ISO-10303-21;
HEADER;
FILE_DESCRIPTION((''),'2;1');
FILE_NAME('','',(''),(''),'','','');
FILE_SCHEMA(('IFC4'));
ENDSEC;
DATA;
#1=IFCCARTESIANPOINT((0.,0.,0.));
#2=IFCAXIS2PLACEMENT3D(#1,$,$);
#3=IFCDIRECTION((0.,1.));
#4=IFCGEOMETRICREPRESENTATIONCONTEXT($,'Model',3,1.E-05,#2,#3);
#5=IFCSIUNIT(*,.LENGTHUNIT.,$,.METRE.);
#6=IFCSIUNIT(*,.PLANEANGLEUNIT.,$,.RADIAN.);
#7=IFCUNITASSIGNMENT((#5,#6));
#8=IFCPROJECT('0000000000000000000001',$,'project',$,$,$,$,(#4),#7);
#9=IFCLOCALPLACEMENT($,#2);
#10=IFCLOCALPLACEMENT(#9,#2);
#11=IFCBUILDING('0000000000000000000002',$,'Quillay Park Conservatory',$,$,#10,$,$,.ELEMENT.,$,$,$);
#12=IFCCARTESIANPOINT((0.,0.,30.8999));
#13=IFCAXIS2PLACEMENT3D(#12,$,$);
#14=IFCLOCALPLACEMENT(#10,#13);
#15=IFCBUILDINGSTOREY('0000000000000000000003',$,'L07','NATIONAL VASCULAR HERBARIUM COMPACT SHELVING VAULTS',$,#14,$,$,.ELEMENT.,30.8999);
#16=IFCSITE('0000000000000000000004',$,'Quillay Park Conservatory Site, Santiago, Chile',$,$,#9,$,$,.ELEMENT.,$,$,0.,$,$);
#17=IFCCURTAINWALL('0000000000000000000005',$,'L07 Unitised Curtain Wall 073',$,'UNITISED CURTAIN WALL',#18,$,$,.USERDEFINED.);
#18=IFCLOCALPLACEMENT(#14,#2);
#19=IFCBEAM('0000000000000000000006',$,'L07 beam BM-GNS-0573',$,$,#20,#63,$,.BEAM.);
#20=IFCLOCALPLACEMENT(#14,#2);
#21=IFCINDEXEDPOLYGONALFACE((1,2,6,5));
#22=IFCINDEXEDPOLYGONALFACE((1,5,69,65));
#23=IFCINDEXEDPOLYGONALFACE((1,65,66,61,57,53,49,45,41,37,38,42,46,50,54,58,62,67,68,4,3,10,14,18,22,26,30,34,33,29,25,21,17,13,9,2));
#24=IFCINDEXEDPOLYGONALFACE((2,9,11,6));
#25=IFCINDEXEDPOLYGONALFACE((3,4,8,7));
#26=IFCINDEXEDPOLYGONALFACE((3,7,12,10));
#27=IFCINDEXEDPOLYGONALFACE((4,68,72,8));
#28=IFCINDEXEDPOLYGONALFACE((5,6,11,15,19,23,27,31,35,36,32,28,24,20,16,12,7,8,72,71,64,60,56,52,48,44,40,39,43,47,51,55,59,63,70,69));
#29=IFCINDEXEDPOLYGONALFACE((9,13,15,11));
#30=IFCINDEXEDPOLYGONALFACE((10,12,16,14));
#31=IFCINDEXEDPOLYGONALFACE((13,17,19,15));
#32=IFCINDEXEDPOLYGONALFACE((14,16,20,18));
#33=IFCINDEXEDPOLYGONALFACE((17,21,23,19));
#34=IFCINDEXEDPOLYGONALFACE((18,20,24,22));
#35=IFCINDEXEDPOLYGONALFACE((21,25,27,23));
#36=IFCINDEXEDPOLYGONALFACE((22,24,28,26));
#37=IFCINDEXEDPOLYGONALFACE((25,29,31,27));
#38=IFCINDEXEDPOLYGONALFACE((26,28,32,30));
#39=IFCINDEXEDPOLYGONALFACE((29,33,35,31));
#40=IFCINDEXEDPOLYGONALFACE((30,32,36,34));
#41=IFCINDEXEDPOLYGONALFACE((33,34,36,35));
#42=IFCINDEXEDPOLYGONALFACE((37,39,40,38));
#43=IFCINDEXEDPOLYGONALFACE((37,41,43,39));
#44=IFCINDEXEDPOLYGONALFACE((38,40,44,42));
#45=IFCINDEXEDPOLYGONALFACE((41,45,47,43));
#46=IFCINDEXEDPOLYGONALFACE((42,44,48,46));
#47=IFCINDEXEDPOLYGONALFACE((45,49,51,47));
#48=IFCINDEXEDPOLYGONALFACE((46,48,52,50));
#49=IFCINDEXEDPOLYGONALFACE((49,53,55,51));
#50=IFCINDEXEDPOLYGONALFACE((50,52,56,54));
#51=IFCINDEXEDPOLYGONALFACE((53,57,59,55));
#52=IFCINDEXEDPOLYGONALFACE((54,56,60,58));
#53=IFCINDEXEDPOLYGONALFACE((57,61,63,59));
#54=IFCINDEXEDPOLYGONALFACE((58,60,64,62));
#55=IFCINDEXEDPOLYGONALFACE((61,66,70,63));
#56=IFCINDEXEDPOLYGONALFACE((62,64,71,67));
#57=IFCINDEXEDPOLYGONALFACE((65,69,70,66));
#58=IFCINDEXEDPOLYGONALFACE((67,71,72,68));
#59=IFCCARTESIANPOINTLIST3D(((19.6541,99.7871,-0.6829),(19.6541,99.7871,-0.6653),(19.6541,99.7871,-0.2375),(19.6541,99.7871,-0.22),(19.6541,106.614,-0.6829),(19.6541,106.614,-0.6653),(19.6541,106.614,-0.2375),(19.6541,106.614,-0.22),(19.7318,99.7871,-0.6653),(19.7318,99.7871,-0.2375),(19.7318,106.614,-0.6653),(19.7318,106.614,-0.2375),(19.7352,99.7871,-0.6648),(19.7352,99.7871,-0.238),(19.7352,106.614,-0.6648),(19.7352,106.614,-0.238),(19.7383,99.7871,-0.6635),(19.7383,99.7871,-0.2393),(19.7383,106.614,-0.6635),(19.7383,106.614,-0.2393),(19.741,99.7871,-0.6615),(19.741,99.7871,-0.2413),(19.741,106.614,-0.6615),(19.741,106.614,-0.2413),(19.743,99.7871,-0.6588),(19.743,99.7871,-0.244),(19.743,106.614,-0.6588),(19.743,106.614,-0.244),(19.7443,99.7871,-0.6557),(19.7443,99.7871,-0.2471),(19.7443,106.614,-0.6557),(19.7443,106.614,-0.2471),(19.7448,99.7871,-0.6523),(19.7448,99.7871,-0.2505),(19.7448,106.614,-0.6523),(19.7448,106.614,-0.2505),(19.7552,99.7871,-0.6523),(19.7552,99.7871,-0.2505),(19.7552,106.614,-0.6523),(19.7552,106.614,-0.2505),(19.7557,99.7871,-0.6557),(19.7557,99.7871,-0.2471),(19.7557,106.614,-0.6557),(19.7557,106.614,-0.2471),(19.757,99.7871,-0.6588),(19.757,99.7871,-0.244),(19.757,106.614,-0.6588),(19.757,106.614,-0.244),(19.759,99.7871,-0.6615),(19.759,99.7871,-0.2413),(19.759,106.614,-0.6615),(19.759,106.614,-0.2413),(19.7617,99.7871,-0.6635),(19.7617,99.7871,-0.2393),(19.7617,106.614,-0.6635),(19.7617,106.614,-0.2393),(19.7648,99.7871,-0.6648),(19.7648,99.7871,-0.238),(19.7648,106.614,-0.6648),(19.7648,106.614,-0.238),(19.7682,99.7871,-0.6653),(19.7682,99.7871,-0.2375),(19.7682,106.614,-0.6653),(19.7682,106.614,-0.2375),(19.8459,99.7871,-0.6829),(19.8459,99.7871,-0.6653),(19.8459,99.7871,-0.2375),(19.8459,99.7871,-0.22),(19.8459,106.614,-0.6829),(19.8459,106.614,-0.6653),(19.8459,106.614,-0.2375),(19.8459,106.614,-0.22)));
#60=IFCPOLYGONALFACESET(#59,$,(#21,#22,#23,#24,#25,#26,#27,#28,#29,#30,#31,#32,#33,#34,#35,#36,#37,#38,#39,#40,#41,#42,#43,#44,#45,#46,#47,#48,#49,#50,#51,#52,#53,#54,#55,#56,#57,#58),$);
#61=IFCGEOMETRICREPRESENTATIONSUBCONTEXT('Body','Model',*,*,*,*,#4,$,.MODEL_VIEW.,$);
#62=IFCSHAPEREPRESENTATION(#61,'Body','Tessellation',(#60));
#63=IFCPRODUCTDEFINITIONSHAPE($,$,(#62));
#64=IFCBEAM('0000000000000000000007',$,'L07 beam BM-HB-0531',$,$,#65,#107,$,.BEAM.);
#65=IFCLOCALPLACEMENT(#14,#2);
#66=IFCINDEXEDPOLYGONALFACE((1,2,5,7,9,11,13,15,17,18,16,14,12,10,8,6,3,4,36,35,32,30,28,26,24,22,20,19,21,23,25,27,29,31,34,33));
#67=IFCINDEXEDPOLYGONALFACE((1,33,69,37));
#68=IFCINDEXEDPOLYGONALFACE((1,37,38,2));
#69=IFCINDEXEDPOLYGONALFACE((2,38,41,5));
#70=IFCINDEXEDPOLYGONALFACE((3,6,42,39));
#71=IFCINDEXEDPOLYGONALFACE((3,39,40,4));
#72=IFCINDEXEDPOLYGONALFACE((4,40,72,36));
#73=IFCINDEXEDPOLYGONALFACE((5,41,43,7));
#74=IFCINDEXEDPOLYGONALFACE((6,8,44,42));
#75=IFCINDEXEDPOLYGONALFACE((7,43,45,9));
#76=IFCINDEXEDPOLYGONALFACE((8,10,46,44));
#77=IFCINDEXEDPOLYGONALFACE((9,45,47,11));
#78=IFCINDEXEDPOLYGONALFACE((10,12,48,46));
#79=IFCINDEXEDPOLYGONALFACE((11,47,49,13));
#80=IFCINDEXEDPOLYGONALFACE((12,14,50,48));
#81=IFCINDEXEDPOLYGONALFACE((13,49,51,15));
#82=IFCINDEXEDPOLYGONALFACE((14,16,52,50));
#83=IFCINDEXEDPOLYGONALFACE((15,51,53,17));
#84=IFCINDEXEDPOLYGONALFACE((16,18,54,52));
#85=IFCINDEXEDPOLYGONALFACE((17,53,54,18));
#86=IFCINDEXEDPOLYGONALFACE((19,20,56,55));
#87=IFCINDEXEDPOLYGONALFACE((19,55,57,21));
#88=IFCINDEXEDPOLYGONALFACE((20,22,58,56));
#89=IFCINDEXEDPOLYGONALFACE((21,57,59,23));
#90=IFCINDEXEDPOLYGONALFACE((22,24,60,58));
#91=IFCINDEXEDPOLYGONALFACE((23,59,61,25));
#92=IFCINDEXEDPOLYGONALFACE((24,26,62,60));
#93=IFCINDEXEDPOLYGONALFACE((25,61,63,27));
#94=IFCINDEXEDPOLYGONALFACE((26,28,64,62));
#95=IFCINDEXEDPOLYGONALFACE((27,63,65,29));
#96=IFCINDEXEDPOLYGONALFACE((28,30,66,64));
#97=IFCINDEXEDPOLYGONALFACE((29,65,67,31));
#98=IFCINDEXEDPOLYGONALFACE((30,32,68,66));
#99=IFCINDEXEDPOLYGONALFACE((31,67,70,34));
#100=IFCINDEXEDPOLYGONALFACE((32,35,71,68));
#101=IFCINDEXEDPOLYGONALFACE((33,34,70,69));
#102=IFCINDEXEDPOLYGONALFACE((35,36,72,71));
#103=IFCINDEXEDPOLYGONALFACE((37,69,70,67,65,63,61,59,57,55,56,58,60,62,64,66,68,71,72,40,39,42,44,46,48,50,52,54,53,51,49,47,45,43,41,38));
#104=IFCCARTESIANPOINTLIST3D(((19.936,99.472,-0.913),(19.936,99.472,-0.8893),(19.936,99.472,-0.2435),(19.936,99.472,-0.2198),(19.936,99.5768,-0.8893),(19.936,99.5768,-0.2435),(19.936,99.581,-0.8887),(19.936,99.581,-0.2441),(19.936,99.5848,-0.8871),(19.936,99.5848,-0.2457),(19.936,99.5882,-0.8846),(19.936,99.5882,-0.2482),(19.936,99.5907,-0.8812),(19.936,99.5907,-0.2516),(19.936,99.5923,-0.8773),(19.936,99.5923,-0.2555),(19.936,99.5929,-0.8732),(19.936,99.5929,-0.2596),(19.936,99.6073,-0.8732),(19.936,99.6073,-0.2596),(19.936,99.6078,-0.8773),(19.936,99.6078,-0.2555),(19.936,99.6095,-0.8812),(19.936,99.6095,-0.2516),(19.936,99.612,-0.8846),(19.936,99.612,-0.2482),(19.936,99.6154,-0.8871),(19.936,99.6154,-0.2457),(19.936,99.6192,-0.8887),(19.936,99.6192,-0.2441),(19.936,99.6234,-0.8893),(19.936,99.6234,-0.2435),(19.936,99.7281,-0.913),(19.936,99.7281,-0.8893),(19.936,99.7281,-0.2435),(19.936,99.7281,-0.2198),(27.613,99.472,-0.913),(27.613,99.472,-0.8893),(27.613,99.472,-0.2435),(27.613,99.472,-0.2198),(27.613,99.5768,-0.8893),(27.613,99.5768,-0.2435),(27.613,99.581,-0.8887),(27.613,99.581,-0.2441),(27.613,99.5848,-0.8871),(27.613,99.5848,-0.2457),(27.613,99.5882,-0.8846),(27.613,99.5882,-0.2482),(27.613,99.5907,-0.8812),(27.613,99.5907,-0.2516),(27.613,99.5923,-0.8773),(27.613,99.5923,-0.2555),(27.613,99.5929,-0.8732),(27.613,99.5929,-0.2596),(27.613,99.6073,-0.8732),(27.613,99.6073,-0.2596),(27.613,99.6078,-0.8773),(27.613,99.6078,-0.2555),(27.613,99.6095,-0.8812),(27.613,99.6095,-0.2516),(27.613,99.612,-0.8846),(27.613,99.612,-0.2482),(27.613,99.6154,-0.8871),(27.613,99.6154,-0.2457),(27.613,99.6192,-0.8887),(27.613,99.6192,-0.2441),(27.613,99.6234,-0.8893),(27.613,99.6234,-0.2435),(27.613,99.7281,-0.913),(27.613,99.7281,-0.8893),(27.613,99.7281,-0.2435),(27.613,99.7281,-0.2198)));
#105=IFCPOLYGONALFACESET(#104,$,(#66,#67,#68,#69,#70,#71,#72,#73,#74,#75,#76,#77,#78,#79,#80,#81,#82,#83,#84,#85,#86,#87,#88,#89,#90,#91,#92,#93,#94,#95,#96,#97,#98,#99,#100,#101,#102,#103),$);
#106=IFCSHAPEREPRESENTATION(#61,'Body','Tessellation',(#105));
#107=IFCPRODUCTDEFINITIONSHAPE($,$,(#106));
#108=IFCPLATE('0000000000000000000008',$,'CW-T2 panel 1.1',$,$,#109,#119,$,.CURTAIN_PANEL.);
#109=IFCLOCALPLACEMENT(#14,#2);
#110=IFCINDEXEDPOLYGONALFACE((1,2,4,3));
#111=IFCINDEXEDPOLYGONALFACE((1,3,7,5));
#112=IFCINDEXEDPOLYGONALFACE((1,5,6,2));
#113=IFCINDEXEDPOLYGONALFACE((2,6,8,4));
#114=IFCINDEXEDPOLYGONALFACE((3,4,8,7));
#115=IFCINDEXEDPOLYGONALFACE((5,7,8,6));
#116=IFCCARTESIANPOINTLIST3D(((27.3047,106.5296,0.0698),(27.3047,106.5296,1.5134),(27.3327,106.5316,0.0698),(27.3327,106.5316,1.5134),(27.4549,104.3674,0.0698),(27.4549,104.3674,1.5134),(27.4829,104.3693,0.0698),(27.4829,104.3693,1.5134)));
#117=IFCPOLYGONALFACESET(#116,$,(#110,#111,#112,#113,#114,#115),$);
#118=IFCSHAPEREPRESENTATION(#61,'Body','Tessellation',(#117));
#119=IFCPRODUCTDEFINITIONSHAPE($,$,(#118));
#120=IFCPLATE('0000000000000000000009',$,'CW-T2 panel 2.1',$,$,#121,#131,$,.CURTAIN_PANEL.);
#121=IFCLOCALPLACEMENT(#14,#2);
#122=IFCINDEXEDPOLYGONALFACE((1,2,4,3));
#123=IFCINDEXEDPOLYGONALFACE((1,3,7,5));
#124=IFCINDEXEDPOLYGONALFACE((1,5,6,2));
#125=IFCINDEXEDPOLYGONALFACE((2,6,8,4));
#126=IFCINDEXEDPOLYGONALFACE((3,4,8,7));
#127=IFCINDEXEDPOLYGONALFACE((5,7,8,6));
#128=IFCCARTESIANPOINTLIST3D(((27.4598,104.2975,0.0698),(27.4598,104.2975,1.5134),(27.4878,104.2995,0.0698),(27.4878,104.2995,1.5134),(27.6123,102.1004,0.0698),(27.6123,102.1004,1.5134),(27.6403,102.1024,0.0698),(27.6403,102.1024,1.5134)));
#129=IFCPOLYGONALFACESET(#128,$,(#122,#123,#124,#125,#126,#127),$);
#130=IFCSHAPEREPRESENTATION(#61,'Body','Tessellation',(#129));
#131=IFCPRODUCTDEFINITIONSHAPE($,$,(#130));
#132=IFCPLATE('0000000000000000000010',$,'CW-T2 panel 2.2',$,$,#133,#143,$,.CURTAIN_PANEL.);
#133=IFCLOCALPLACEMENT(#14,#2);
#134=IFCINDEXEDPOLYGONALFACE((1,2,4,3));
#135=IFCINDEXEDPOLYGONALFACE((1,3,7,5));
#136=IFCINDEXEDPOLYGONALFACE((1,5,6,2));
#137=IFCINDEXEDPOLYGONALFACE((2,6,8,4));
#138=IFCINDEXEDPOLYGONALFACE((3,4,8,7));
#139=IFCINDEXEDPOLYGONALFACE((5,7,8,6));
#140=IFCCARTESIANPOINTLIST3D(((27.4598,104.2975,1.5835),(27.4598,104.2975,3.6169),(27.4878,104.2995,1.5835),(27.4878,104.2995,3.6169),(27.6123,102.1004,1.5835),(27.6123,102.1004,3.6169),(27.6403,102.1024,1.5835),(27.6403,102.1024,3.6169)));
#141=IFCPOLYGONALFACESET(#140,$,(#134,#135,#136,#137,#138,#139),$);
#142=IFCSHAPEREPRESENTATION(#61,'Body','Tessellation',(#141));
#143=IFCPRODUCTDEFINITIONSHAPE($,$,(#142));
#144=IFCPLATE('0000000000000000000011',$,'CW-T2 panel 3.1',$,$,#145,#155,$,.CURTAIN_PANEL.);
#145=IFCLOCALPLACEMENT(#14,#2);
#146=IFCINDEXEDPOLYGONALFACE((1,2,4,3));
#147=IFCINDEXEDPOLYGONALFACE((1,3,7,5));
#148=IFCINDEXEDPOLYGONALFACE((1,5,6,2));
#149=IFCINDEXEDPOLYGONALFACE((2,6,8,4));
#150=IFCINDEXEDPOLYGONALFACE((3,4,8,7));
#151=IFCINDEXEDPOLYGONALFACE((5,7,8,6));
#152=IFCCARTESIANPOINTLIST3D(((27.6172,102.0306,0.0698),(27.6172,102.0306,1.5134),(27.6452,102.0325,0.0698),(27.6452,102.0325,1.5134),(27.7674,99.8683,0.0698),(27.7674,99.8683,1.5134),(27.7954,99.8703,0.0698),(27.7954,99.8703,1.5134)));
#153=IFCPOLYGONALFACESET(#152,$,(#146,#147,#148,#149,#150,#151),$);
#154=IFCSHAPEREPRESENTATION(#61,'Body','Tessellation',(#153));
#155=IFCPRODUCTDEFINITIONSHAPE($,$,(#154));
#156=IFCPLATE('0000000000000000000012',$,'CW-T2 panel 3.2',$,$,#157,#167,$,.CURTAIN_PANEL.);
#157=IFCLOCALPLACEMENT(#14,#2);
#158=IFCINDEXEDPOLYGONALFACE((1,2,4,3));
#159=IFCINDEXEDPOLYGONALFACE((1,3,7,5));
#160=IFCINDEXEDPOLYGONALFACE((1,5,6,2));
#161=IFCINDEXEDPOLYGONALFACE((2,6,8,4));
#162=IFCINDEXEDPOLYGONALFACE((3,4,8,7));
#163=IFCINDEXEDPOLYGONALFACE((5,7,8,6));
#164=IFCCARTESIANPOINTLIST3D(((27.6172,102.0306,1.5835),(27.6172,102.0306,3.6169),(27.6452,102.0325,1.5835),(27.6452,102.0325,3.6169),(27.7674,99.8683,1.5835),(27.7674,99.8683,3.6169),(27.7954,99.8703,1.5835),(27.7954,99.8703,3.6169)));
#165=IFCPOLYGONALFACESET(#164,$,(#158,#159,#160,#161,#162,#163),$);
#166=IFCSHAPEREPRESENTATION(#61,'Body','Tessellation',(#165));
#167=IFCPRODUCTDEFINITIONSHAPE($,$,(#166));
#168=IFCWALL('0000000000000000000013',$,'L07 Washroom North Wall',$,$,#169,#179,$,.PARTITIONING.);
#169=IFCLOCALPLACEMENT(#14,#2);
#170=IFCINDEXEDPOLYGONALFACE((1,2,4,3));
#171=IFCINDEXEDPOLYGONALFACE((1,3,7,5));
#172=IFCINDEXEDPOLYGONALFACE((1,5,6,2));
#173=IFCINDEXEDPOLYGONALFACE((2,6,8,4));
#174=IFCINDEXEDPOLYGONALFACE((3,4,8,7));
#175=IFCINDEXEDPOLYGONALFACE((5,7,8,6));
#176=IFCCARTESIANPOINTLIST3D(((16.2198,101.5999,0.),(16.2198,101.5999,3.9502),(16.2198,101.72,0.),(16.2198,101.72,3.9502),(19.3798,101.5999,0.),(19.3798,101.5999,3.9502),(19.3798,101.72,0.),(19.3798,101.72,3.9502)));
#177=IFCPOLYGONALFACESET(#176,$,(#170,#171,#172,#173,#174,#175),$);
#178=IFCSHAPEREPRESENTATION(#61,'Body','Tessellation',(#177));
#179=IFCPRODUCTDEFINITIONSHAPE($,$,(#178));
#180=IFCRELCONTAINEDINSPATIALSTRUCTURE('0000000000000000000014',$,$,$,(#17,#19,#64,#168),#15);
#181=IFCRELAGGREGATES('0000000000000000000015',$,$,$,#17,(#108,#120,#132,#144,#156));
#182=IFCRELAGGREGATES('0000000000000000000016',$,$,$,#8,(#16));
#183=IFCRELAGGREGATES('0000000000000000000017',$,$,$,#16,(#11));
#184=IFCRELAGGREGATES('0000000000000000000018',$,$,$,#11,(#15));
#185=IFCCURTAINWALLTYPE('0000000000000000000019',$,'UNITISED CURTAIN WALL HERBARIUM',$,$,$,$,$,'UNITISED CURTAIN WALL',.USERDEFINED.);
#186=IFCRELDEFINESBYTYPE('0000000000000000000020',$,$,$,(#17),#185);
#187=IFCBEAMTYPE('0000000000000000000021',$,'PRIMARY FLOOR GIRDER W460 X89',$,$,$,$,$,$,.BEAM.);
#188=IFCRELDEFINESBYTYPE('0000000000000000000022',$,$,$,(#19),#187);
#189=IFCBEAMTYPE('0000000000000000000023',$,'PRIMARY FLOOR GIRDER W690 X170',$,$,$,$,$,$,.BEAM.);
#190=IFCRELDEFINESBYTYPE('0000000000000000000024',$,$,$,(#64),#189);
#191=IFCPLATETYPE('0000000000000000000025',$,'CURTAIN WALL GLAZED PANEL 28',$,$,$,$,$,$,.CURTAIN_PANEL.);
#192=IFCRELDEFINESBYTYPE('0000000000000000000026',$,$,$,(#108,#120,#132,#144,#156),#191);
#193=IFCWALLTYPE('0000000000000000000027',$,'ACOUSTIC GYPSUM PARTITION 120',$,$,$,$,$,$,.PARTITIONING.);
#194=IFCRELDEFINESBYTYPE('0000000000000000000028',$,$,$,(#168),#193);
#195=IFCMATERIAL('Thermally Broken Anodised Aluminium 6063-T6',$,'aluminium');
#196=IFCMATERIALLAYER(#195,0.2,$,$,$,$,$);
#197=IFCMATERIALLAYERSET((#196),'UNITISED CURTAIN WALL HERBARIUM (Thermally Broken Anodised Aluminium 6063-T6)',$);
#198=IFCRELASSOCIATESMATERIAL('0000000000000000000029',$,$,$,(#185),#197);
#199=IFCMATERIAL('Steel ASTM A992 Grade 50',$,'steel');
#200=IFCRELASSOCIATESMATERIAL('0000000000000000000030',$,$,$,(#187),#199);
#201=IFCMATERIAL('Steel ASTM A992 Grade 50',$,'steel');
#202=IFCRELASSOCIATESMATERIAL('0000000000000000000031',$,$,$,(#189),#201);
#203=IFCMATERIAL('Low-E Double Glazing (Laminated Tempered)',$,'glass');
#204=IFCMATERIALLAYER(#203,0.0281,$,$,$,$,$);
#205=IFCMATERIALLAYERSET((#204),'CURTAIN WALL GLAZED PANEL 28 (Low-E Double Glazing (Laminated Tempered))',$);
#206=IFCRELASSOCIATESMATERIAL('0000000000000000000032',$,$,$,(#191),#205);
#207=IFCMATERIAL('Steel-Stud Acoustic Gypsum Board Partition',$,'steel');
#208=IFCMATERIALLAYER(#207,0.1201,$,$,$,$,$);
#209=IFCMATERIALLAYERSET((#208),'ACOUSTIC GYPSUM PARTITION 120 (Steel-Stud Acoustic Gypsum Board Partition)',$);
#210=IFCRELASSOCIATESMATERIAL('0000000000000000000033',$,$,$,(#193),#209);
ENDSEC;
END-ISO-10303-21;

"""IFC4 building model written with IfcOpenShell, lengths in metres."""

from ifc_helpers import new_model, si_unit, direction, frame, frame_2d, origin, origin_2d, place, context, subcontext, project, spatial, rectangle, i_section, extrude, material, layer, layer_set, material_profile, profile_set, type_object, element, aggregate, save


model = new_model("IFC4")

# Units and contexts
model_context = context("Model", 3, precision=1e-05, world=origin(), true_north=direction((0.0, 1.0)))
body_context = subcontext(model_context, "Body", "Model", "MODEL_VIEW")
ifc_project = project(units=[si_unit("LENGTHUNIT", "METRE"), si_unit("PLANEANGLEUNIT", "RADIAN")], contexts=[model_context])

# Site, building, storey
site_placement = place(None, origin())
site = spatial("IfcSite", under=ifc_project, at=site_placement, Name="Quillay Park Conservatory Site, Santiago, Chile", CompositionType="ELEMENT", RefElevation=0.0)
building_placement = place(site_placement, origin())
building = spatial("IfcBuilding", under=site, at=building_placement, Name="Quillay Park Conservatory", CompositionType="ELEMENT")
storey_placement = place(building_placement, frame((0.0, 0.0, 30.8999)))
storey = spatial("IfcBuildingStorey", under=building, at=storey_placement, Name="L07", Description="NATIONAL VASCULAR HERBARIUM COMPACT SHELVING VAULTS", CompositionType="ELEMENT", Elevation=30.8999)

# Shared definitions
ifc_material_1 = material(Name="Thermally Broken Anodised Aluminium 6063-T6", Category="aluminium")
ifc_layer_1 = layer(ifc_material_1, 0.2)
ifc_layer_set_1 = layer_set([ifc_layer_1], Name="UNITISED CURTAIN WALL HERBARIUM (Thermally Broken Anodised Aluminium 6063-T6)")
curtain_wall_type = type_object("IfcCurtainWallType", Name="UNITISED CURTAIN WALL HERBARIUM", ElementType="UNITISED CURTAIN WALL", PredefinedType="USERDEFINED", material=ifc_layer_set_1)

# Curtain wall
curtain_wall_1_placement = place(storey_placement, origin())
curtain_wall_1 = element("IfcCurtainWall", 1, at=curtain_wall_1_placement, inside=storey, type_object=curtain_wall_type, Name="L07 Unitised Curtain Wall 073", ObjectType="UNITISED CURTAIN WALL", PredefinedType="USERDEFINED")

# Beams
ifc_material_2 = material(Name="Steel ASTM A992 Grade 50", Category="steel")
ifc_material_profile_1 = material_profile(ifc_material_2, i_section(OverallWidth=0.1919, OverallDepth=0.4629, WebThickness=0.0105, FlangeThickness=0.0176, FilletRadius=0.0129, at=origin_2d()), Name="W460x89")
ifc_profile_set_1 = profile_set([ifc_material_profile_1], Name="Steel ASTM A992 Grade 50")
beam_type_1 = type_object("IfcBeamType", Name="PRIMARY FLOOR GIRDER W460 X89", PredefinedType="BEAM", material=ifc_profile_set_1)
beam_1_placement = place(storey_placement, frame((19.75, 99.7871, -0.4514), z_axis=(0.0, 1.0, 0.0), x_axis=(-1.0, 0.0, 0.0)))
element("IfcBeam", 2, at=beam_1_placement, inside=storey, type_object=beam_type_1, Name="L07 beam BM-GNS-0573", PredefinedType="BEAM", context=body_context, shape_type="SweptSolid", body=[
    extrude(i_section(OverallWidth=0.1919, OverallDepth=0.4629, WebThickness=0.0105, FlangeThickness=0.0176, FilletRadius=0.0129, at=origin_2d()), origin(), (0.0, 0.0, 1.0), 6.8269),
])
ifc_material_3 = material(Name="Steel ASTM A992 Grade 50", Category="steel")
ifc_material_profile_2 = material_profile(ifc_material_3, i_section(OverallWidth=0.2561, OverallDepth=0.6931, WebThickness=0.0144, FlangeThickness=0.0237, FilletRadius=0.0161, at=origin_2d()), Name="W690x170")
ifc_profile_set_2 = profile_set([ifc_material_profile_2], Name="Steel ASTM A992 Grade 50")
beam_type_2 = type_object("IfcBeamType", Name="PRIMARY FLOOR GIRDER W690 X170", PredefinedType="BEAM", material=ifc_profile_set_2)
beam_2_placement = place(storey_placement, frame((19.936, 99.6001, -0.5664), z_axis=(1.0, 0.0, 0.0), x_axis=(0.0, 1.0, 0.0)))
element("IfcBeam", 3, at=beam_2_placement, inside=storey, type_object=beam_type_2, Name="L07 beam BM-HB-0531", PredefinedType="BEAM", context=body_context, shape_type="SweptSolid", body=[
    extrude(i_section(OverallWidth=0.2561, OverallDepth=0.6931, WebThickness=0.0144, FlangeThickness=0.0237, FilletRadius=0.0161, at=origin_2d()), origin(), (0.0, 0.0, 1.0), 7.677),
])

# Plates
ifc_material_4 = material(Name="Low-E Double Glazing (Laminated Tempered)", Category="glass")
ifc_layer_2 = layer(ifc_material_4, 0.0281)
ifc_layer_set_2 = layer_set([ifc_layer_2], Name="CURTAIN WALL GLAZED PANEL 28 (Low-E Double Glazing (Laminated Tempered))")
plate_type = type_object("IfcPlateType", Name="CURTAIN WALL GLAZED PANEL 28", PredefinedType="CURTAIN_PANEL", material=ifc_layer_set_2)
plate_1_placement = place(storey_placement, frame((27.3938, 105.4495, 0.0698), z_axis=(0.0, 0.0, 1.0), x_axis=(0.069264, -0.997598, 0.0)))
plate_1 = element("IfcPlate", 4, at=plate_1_placement, type_object=plate_type, Name="CW-T2 panel 1.1", PredefinedType="CURTAIN_PANEL", context=body_context, shape_type="SweptSolid", body=[
    extrude(rectangle(XDim=2.1675, YDim=0.0281, at=origin_2d()), origin(), (0.0, 0.0, 1.0), 1.4436),
])
plate_2_placement = place(storey_placement, frame((27.55, 103.2, 0.0698), z_axis=(0.0, 0.0, 1.0), x_axis=(0.069264, -0.997598, 0.0)))
plate_2 = element("IfcPlate", 5, at=plate_2_placement, type_object=plate_type, Name="CW-T2 panel 2.1", PredefinedType="CURTAIN_PANEL", context=body_context, shape_type="SweptSolid", body=[
    extrude(rectangle(XDim=2.2024, YDim=0.0281, at=origin_2d()), origin(), (0.0, 0.0, 1.0), 1.4436),
])
plate_3_placement = place(storey_placement, frame((27.55, 103.2, 1.5835), z_axis=(0.0, 0.0, 1.0), x_axis=(0.069264, -0.997598, 0.0)))
plate_3 = element("IfcPlate", 6, at=plate_3_placement, type_object=plate_type, Name="CW-T2 panel 2.2", PredefinedType="CURTAIN_PANEL", context=body_context, shape_type="SweptSolid", body=[
    extrude(rectangle(XDim=2.2024, YDim=0.0281, at=origin_2d()), origin(), (0.0, 0.0, 1.0), 2.0334),
])
plate_4_placement = place(storey_placement, frame((27.7063, 100.9504, 0.0698), z_axis=(0.0, 0.0, 1.0), x_axis=(0.069264, -0.997598, 0.0)))
plate_4 = element("IfcPlate", 7, at=plate_4_placement, type_object=plate_type, Name="CW-T2 panel 3.1", PredefinedType="CURTAIN_PANEL", context=body_context, shape_type="SweptSolid", body=[
    extrude(rectangle(XDim=2.1675, YDim=0.0281, at=origin_2d()), origin(), (0.0, 0.0, 1.0), 1.4436),
])
plate_5_placement = place(storey_placement, frame((27.7063, 100.9504, 1.5835), z_axis=(0.0, 0.0, 1.0), x_axis=(0.069264, -0.997598, 0.0)))
plate_5 = element("IfcPlate", 8, at=plate_5_placement, type_object=plate_type, Name="CW-T2 panel 3.2", PredefinedType="CURTAIN_PANEL", context=body_context, shape_type="SweptSolid", body=[
    extrude(rectangle(XDim=2.1675, YDim=0.0281, at=origin_2d()), origin(), (0.0, 0.0, 1.0), 2.0334),
])
aggregate(curtain_wall_1, [plate_1, plate_2, plate_3, plate_4, plate_5])

# Wall
ifc_material_5 = material(Name="Steel-Stud Acoustic Gypsum Board Partition", Category="steel")
ifc_layer_3 = layer(ifc_material_5, 0.1201)
ifc_layer_set_3 = layer_set([ifc_layer_3], Name="ACOUSTIC GYPSUM PARTITION 120 (Steel-Stud Acoustic Gypsum Board Partition)")
wall_type_1 = type_object("IfcWallType", Name="ACOUSTIC GYPSUM PARTITION 120", PredefinedType="PARTITIONING", material=ifc_layer_set_3)
wall_1_placement = place(storey_placement, frame((19.3799, 101.6599, 0.0), z_axis=(0.0, 0.0, 1.0), x_axis=(-1.0, 0.0, 0.0)))
element("IfcWall", 9, at=wall_1_placement, inside=storey, type_object=wall_type_1, Name="L07 Washroom North Wall", PredefinedType="PARTITIONING", context=body_context, shape_type="SweptSolid", body=[
    extrude(rectangle(XDim=3.1599, YDim=0.1201, at=frame_2d((1.5801, 0.0))), origin(), (0.0, 0.0, 1.0), 3.9502),
])

save(model, "model.ifc")
